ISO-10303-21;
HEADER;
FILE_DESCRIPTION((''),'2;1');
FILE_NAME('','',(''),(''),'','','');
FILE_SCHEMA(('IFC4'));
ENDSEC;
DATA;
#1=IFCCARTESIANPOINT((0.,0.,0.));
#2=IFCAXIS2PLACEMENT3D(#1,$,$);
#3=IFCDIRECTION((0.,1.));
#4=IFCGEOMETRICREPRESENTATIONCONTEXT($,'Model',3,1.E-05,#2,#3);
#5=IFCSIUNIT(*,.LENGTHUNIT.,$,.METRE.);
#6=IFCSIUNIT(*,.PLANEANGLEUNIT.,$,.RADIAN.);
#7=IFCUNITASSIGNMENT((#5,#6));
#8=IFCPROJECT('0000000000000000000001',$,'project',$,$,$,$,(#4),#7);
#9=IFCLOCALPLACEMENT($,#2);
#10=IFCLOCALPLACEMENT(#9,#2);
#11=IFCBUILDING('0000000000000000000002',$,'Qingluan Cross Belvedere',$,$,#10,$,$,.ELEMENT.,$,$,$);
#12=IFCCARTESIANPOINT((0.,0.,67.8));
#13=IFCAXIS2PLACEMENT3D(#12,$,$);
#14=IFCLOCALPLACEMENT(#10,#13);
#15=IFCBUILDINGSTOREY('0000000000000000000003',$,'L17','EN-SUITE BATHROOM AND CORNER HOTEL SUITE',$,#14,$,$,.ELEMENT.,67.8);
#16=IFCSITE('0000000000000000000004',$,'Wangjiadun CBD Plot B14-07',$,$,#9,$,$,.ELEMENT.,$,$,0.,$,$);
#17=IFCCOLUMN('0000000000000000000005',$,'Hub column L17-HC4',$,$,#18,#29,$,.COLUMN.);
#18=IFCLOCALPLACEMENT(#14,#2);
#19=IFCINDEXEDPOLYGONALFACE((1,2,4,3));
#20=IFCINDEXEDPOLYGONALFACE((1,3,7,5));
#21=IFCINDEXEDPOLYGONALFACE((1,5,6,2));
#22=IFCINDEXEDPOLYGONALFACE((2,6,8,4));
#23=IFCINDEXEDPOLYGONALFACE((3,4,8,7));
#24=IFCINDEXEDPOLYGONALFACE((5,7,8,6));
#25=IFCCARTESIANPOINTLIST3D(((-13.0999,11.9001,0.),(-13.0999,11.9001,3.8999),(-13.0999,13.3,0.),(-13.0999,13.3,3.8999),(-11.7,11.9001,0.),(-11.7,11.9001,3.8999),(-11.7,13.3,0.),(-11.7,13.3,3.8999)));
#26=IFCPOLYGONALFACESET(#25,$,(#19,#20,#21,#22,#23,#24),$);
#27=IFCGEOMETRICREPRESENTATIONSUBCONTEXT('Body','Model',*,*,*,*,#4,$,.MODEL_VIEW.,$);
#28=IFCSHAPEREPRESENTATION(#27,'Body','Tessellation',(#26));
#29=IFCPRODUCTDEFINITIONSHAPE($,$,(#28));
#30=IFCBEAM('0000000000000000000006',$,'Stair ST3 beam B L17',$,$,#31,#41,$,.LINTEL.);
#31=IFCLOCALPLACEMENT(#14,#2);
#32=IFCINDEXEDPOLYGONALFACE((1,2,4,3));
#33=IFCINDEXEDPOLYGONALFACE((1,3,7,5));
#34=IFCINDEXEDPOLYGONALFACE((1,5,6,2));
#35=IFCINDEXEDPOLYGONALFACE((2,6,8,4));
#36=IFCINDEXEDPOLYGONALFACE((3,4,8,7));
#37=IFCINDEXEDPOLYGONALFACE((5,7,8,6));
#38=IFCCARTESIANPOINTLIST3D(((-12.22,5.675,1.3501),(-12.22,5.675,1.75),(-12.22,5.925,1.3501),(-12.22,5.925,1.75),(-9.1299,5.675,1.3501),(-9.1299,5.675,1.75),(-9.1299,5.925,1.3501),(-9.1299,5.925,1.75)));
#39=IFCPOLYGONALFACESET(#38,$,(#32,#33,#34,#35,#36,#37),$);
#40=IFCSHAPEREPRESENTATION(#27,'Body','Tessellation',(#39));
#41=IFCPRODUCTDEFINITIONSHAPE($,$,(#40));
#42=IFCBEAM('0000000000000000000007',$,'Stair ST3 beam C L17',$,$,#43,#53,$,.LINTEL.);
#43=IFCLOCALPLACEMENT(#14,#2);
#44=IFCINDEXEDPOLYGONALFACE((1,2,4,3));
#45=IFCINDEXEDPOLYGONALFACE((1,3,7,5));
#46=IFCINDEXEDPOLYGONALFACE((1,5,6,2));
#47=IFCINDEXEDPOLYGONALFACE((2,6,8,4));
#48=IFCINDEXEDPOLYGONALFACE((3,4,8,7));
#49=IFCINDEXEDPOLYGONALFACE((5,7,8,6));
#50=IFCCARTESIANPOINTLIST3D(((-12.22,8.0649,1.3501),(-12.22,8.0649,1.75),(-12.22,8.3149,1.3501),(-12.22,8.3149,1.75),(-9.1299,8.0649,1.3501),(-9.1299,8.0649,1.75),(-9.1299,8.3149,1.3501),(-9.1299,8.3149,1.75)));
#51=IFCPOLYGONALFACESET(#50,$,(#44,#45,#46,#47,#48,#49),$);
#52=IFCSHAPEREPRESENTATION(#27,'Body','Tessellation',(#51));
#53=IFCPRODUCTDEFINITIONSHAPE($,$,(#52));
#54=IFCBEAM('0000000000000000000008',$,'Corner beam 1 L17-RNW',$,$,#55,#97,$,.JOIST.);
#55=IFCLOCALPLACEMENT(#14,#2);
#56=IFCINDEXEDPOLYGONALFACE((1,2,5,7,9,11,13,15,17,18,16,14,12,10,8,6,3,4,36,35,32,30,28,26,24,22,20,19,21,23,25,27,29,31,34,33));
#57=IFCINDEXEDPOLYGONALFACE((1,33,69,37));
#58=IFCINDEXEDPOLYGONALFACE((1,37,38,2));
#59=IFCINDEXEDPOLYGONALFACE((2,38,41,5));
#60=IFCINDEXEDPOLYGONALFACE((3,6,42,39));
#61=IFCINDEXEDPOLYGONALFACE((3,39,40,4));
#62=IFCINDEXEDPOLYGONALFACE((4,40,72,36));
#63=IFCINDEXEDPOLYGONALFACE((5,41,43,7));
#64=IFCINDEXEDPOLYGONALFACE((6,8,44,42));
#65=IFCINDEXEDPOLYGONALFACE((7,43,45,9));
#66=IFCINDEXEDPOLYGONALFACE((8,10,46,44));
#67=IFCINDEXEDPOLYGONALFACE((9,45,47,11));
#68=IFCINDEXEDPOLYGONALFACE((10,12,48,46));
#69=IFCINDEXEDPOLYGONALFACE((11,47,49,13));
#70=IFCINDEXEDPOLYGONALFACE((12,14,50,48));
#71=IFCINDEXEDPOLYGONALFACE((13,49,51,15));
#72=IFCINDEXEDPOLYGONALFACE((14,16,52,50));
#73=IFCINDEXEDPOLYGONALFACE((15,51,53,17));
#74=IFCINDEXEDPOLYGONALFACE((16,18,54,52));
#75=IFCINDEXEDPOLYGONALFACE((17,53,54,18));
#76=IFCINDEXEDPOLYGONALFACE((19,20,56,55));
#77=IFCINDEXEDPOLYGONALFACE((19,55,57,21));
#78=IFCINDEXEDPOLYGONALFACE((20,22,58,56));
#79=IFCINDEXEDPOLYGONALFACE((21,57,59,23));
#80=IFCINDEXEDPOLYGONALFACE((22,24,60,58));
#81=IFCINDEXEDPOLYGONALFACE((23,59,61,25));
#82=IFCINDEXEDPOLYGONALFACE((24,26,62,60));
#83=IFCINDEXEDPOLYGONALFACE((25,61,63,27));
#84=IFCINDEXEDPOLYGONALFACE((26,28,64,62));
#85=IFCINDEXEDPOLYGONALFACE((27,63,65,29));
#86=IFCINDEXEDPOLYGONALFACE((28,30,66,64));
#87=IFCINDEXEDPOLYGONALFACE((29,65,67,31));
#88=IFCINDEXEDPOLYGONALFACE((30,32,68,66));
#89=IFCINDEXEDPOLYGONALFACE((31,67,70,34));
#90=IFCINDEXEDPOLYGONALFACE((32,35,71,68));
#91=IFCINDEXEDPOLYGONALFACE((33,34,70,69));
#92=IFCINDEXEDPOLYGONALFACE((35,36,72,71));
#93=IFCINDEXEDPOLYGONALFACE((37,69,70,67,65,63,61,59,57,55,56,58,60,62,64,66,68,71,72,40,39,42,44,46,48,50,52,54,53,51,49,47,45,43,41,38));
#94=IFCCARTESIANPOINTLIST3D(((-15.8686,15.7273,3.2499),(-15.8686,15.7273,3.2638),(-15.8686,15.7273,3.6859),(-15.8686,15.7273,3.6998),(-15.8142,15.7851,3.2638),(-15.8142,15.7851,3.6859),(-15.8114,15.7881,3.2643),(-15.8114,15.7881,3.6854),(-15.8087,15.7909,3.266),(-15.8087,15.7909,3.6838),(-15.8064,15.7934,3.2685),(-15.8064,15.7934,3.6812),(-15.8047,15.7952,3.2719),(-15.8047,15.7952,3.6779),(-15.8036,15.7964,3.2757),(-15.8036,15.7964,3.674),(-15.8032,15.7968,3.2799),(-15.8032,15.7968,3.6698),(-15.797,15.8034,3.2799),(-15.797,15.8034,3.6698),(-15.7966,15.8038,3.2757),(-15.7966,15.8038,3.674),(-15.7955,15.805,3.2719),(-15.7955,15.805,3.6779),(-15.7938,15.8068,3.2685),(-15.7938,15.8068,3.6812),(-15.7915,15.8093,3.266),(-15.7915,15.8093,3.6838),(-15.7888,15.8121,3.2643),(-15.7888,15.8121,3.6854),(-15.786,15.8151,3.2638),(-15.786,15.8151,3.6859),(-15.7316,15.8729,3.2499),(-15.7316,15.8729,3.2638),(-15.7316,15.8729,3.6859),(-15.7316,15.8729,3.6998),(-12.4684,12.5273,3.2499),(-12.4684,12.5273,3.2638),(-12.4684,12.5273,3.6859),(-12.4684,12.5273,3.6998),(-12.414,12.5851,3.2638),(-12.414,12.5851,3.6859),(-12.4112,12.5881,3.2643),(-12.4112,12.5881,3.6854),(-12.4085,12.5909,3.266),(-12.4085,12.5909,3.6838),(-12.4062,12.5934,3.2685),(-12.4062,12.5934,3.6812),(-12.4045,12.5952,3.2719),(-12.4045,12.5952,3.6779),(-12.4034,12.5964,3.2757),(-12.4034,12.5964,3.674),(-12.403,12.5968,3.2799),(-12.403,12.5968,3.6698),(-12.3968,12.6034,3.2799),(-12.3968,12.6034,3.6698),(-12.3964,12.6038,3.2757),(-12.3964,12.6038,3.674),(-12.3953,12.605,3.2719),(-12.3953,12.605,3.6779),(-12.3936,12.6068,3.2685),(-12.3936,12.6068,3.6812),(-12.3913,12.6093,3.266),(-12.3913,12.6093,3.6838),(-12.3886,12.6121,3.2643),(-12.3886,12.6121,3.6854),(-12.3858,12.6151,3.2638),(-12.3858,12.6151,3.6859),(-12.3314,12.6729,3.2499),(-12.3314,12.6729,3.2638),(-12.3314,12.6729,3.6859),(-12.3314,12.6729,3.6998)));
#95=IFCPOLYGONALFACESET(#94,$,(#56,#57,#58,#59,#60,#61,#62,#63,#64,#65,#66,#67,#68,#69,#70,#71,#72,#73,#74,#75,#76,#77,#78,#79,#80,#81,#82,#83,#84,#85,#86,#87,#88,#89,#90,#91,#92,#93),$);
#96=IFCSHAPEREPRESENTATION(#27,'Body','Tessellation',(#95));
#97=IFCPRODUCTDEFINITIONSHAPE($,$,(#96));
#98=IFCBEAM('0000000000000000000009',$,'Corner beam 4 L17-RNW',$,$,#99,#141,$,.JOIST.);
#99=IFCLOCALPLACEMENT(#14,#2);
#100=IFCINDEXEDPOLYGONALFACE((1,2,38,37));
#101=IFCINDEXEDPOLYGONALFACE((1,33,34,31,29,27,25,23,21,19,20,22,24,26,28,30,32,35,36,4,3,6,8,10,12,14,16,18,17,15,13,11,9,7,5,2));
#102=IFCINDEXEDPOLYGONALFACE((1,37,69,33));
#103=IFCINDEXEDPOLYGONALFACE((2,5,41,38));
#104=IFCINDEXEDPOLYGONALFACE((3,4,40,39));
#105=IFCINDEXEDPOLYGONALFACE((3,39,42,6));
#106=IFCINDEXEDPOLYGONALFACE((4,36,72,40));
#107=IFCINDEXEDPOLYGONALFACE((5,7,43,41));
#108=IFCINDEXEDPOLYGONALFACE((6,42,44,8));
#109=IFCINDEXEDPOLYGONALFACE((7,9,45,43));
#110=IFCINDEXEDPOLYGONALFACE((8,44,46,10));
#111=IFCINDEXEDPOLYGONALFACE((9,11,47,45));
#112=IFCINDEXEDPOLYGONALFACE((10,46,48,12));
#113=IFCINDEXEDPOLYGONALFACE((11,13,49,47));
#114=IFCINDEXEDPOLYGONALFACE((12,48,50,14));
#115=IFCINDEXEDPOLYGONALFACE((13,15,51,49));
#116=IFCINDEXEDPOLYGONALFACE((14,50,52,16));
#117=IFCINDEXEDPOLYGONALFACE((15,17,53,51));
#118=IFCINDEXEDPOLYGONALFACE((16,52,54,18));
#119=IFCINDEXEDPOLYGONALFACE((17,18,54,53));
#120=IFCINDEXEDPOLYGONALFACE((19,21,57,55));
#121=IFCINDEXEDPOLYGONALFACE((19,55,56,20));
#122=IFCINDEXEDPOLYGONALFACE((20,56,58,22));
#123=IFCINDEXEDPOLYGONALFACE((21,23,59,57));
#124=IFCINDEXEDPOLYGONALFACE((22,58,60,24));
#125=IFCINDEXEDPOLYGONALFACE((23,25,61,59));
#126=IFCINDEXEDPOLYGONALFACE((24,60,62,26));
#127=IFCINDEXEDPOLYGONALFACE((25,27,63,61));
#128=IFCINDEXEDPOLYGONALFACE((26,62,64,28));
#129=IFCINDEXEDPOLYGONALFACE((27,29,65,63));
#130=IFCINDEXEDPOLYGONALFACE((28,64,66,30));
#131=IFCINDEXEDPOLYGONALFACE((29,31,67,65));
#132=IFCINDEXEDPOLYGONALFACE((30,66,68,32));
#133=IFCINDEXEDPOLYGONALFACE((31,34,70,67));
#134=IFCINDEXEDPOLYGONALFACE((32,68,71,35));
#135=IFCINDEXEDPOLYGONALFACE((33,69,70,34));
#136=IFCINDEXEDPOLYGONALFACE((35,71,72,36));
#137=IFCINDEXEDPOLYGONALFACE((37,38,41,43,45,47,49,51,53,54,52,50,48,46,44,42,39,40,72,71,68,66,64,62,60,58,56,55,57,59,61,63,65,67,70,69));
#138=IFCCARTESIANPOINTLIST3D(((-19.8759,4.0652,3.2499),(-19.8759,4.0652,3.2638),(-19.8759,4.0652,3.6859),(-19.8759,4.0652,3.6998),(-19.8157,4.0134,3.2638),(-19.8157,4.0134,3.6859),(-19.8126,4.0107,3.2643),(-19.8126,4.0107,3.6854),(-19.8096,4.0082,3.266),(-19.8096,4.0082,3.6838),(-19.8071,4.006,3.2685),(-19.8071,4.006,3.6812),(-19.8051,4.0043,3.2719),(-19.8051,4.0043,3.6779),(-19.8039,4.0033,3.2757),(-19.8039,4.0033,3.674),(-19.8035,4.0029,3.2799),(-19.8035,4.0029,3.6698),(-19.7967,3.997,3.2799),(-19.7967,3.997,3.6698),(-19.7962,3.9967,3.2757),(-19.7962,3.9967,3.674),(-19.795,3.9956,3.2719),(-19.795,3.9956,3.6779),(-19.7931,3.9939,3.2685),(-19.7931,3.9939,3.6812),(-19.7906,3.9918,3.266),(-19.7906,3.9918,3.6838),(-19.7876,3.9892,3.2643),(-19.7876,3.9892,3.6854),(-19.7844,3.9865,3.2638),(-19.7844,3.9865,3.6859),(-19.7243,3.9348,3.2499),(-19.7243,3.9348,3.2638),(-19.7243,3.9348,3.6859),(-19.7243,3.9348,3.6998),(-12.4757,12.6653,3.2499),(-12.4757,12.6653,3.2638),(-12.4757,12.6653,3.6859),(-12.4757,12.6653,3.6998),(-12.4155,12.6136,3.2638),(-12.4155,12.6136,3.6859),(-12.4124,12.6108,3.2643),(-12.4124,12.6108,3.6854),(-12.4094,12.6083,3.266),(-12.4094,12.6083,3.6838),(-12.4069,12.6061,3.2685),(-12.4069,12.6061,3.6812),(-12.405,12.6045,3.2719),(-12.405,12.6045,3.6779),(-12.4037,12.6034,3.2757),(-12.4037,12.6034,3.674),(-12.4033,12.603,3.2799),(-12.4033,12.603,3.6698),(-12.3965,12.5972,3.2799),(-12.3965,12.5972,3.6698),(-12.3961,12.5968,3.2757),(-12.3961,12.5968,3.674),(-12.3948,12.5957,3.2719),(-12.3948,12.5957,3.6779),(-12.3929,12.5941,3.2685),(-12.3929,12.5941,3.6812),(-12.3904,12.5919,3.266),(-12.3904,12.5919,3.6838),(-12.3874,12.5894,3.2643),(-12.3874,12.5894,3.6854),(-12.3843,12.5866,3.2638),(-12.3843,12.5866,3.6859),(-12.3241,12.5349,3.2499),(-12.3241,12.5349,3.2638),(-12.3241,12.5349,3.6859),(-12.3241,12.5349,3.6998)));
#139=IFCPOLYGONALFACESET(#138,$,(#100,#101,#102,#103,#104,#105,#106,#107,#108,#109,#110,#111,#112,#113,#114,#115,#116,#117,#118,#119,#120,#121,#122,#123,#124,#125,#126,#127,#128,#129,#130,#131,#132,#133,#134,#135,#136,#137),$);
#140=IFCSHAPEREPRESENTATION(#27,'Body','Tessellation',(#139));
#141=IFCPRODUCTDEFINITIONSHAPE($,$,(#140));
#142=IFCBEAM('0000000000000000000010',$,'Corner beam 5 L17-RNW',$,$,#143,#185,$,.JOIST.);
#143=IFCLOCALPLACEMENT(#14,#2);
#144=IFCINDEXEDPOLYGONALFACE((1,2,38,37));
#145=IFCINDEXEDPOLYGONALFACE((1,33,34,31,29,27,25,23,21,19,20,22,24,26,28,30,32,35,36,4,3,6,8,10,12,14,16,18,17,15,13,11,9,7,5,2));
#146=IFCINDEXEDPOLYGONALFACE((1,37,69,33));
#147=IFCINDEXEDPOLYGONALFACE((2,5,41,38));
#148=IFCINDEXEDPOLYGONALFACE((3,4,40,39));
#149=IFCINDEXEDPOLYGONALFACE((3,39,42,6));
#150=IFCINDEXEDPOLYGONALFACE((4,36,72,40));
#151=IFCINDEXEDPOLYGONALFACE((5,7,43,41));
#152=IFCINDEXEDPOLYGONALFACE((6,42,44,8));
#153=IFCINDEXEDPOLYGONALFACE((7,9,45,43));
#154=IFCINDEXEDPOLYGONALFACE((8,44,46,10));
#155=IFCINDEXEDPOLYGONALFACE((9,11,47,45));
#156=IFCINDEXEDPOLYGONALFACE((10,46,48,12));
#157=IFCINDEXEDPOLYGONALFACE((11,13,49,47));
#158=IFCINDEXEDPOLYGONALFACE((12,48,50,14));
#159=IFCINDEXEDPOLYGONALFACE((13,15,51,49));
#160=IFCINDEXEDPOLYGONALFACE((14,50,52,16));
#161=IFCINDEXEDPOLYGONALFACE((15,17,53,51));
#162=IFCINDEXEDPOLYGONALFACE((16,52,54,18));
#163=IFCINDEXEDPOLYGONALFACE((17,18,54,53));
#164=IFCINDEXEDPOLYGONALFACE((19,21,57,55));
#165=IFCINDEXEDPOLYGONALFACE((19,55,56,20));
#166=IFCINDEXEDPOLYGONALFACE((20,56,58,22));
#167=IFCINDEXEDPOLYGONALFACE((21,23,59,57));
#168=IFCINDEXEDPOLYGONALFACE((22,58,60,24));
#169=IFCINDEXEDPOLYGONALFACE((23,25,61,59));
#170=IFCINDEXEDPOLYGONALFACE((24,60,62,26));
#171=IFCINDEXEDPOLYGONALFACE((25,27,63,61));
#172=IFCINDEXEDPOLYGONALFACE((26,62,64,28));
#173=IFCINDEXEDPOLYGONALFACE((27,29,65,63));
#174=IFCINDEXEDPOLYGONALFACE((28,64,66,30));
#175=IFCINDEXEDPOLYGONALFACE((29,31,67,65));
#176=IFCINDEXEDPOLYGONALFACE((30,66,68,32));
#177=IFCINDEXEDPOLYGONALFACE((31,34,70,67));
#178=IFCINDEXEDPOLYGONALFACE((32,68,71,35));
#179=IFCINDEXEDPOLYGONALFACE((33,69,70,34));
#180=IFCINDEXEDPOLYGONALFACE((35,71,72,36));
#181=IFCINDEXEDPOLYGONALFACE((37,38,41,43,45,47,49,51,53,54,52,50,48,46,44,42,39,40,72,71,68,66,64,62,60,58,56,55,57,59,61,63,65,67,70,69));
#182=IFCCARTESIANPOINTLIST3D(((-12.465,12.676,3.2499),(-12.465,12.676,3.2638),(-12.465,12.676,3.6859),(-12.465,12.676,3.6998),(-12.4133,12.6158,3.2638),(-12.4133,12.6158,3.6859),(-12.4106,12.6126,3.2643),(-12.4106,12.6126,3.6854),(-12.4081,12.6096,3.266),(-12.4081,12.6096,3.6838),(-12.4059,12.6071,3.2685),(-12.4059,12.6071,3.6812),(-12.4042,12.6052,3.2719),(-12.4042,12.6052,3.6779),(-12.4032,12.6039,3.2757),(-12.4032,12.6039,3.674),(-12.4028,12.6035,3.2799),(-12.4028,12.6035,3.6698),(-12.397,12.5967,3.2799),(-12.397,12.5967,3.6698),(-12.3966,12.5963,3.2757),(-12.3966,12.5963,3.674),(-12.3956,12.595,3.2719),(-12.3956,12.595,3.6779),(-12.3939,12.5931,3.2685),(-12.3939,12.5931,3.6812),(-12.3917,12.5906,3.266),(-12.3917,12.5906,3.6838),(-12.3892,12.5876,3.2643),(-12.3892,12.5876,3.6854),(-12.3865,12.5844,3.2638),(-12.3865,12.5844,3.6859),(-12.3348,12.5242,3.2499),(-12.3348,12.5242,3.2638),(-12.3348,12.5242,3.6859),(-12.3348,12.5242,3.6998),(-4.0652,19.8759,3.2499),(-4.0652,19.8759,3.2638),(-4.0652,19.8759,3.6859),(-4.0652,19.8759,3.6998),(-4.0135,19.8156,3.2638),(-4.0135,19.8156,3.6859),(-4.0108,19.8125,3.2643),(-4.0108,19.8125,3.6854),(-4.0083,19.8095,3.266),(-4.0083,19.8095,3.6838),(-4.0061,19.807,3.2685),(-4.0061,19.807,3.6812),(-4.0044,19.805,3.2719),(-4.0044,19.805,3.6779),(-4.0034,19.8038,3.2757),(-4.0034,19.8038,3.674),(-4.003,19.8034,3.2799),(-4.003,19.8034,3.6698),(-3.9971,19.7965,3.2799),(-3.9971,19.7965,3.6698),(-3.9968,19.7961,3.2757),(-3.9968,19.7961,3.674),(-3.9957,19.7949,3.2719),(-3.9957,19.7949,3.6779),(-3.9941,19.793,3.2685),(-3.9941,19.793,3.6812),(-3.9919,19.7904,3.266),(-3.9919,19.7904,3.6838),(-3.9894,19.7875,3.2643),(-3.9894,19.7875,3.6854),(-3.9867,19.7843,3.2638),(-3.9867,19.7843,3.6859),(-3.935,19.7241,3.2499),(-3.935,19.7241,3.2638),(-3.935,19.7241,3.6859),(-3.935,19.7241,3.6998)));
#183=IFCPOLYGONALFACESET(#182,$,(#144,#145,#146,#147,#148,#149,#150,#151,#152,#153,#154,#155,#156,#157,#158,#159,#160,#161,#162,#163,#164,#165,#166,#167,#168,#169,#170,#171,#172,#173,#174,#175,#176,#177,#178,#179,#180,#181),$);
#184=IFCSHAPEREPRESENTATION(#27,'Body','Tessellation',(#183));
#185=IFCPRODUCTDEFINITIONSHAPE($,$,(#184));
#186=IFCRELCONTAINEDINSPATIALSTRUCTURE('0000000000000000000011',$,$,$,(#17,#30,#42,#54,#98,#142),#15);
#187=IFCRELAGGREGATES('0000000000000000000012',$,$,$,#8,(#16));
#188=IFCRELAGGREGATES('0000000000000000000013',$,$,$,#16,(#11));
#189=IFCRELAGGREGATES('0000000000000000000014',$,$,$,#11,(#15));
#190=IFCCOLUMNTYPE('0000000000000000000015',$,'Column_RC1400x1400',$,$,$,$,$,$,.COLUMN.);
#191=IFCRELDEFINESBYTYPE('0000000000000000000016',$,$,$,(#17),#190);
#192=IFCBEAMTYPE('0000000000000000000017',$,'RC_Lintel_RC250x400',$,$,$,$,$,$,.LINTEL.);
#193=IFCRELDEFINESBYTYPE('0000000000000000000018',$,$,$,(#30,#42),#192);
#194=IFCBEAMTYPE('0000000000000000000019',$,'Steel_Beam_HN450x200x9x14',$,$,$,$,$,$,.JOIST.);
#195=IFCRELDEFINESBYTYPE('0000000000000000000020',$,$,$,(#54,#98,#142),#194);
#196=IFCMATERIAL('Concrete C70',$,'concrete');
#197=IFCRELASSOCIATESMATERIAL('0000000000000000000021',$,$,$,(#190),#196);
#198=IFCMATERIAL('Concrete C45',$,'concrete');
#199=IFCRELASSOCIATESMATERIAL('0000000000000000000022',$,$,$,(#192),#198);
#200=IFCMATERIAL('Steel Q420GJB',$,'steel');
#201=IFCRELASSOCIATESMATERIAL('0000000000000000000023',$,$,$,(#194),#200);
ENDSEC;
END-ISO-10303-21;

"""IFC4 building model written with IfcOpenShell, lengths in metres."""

from ifc_helpers import new_model, si_unit, direction, frame, origin, origin_2d, place, context, subcontext, project, spatial, rectangle, i_section, extrude, material, material_profile, profile_set, type_object, element, save


model = new_model("IFC4")

# Units and contexts
model_context = context("Model", 3, precision=1e-05, world=origin(), true_north=direction((0.0, 1.0)))
body_context = subcontext(model_context, "Body", "Model", "MODEL_VIEW")
ifc_project = project(units=[si_unit("LENGTHUNIT", "METRE"), si_unit("PLANEANGLEUNIT", "RADIAN")], contexts=[model_context])

# Site, building, storey
site_placement = place(None, origin())
site = spatial("IfcSite", under=ifc_project, at=site_placement, Name="Wangjiadun CBD Plot B14-07", CompositionType="ELEMENT", RefElevation=0.0)
building_placement = place(site_placement, origin())
building = spatial("IfcBuilding", under=site, at=building_placement, Name="Qingluan Cross Belvedere", CompositionType="ELEMENT")
storey_placement = place(building_placement, frame((0.0, 0.0, 67.8)))
storey = spatial("IfcBuildingStorey", under=building, at=storey_placement, Name="L17", Description="EN-SUITE BATHROOM AND CORNER HOTEL SUITE", CompositionType="ELEMENT", Elevation=67.8)

# Column
ifc_material_1 = material(Name="Concrete C70", Category="concrete")
ifc_material_profile_1 = material_profile(ifc_material_1, rectangle(XDim=1.3999, YDim=1.3999, at=origin_2d()), Name="RC1400x1400")
ifc_profile_set_1 = profile_set([ifc_material_profile_1], Name="Concrete C70")
column_type = type_object("IfcColumnType", Name="Column_RC1400x1400", PredefinedType="COLUMN", material=ifc_profile_set_1)
column_placement = place(storey_placement, frame((-12.3999, 12.6001, 0.0), z_axis=(0.0, 0.0, 1.0), x_axis=(1.0, 0.0, 0.0)))
element("IfcColumn", 1, at=column_placement, inside=storey, type_object=column_type, Name="Hub column L17-HC4", PredefinedType="COLUMN", context=body_context, shape_type="SweptSolid", body=[
    extrude(rectangle(XDim=1.3999, YDim=1.3999, at=origin_2d()), origin(), (0.0, 0.0, 1.0), 3.8999),
])

# Beams
ifc_material_2 = material(Name="Concrete C45", Category="concrete")
ifc_material_profile_2 = material_profile(ifc_material_2, rectangle(XDim=0.25, YDim=0.3999, at=origin_2d()), Name="RC250x400")
ifc_profile_set_2 = profile_set([ifc_material_profile_2], Name="Concrete C45")
beam_type_1 = type_object("IfcBeamType", Name="RC_Lintel_RC250x400", PredefinedType="LINTEL", material=ifc_profile_set_2)
for number, where, z_axis, x_axis, name in (
    (2, (-12.22, 5.8, 1.55), (1.0, 0.0, 0.0), (0.0, 1.0, 0.0), "Stair ST3 beam B L17"),
    (3, (-12.22, 8.1899, 1.55), (1.0, 0.0, 0.0), (0.0, 1.0, 0.0), "Stair ST3 beam C L17"),
):
    element("IfcBeam", number, at=place(storey_placement, frame(where, z_axis=z_axis, x_axis=x_axis)), inside=storey, type_object=beam_type_1, Name=name, PredefinedType="LINTEL", context=body_context, shape_type="SweptSolid", body=[
        extrude(rectangle(XDim=0.25, YDim=0.3999, at=origin_2d()), origin(), (0.0, 0.0, 1.0), 3.0901),
    ])
ifc_material_3 = material(Name="Steel Q420GJB", Category="steel")
ifc_material_profile_3 = material_profile(ifc_material_3, i_section(OverallWidth=0.2, OverallDepth=0.45, WebThickness=0.009, FlangeThickness=0.0139, FilletRadius=0.0161, at=origin_2d()), Name="HN450x200x9x14")
ifc_profile_set_3 = profile_set([ifc_material_profile_3], Name="Steel Q420GJB")
beam_type_2 = type_object("IfcBeamType", Name="Steel_Beam_HN450x200x9x14", PredefinedType="JOIST", material=ifc_profile_set_3)
beam_1_placement = place(storey_placement, frame((-12.3999, 12.6001, 3.4749), z_axis=(-0.72822, 0.685343, 0.0), x_axis=(-0.685343, -0.72822, 0.0)))
element("IfcBeam", 4, at=beam_1_placement, inside=storey, type_object=beam_type_2, Name="Corner beam 1 L17-RNW", PredefinedType="JOIST", context=body_context, shape_type="SweptSolid", body=[
    extrude(i_section(OverallWidth=0.2, OverallDepth=0.45, WebThickness=0.009, FlangeThickness=0.0139, FilletRadius=0.0161, at=origin_2d()), origin(), (0.0, 0.0, 1.0), 4.6692),
])
beam_2_placement = place(storey_placement, frame((-12.3999, 12.6001, 3.4749), z_axis=(-0.652245, -0.758008, 0.0), x_axis=(0.758008, -0.652245, 0.0)))
element("IfcBeam", 5, at=beam_2_placement, inside=storey, type_object=beam_type_2, Name="Corner beam 4 L17-RNW", PredefinedType="JOIST", context=body_context, shape_type="SweptSolid", body=[
    extrude(i_section(OverallWidth=0.2, OverallDepth=0.45, WebThickness=0.009, FlangeThickness=0.0139, FilletRadius=0.0161, at=origin_2d()), origin(), (0.0, 0.0, 1.0), 11.3457),
])
beam_3_placement = place(storey_placement, frame((-12.3999, 12.6001, 3.4749), z_axis=(0.759255, 0.650793, 0.0), x_axis=(-0.650793, 0.759255, 0.0)))
element("IfcBeam", 6, at=beam_3_placement, inside=storey, type_object=beam_type_2, Name="Corner beam 5 L17-RNW", PredefinedType="JOIST", context=body_context, shape_type="SweptSolid", body=[
    extrude(i_section(OverallWidth=0.2, OverallDepth=0.45, WebThickness=0.009, FlangeThickness=0.0139, FilletRadius=0.0161, at=origin_2d()), origin(), (0.0, 0.0, 1.0), 11.0632),
])

save(model, "model.ifc")
